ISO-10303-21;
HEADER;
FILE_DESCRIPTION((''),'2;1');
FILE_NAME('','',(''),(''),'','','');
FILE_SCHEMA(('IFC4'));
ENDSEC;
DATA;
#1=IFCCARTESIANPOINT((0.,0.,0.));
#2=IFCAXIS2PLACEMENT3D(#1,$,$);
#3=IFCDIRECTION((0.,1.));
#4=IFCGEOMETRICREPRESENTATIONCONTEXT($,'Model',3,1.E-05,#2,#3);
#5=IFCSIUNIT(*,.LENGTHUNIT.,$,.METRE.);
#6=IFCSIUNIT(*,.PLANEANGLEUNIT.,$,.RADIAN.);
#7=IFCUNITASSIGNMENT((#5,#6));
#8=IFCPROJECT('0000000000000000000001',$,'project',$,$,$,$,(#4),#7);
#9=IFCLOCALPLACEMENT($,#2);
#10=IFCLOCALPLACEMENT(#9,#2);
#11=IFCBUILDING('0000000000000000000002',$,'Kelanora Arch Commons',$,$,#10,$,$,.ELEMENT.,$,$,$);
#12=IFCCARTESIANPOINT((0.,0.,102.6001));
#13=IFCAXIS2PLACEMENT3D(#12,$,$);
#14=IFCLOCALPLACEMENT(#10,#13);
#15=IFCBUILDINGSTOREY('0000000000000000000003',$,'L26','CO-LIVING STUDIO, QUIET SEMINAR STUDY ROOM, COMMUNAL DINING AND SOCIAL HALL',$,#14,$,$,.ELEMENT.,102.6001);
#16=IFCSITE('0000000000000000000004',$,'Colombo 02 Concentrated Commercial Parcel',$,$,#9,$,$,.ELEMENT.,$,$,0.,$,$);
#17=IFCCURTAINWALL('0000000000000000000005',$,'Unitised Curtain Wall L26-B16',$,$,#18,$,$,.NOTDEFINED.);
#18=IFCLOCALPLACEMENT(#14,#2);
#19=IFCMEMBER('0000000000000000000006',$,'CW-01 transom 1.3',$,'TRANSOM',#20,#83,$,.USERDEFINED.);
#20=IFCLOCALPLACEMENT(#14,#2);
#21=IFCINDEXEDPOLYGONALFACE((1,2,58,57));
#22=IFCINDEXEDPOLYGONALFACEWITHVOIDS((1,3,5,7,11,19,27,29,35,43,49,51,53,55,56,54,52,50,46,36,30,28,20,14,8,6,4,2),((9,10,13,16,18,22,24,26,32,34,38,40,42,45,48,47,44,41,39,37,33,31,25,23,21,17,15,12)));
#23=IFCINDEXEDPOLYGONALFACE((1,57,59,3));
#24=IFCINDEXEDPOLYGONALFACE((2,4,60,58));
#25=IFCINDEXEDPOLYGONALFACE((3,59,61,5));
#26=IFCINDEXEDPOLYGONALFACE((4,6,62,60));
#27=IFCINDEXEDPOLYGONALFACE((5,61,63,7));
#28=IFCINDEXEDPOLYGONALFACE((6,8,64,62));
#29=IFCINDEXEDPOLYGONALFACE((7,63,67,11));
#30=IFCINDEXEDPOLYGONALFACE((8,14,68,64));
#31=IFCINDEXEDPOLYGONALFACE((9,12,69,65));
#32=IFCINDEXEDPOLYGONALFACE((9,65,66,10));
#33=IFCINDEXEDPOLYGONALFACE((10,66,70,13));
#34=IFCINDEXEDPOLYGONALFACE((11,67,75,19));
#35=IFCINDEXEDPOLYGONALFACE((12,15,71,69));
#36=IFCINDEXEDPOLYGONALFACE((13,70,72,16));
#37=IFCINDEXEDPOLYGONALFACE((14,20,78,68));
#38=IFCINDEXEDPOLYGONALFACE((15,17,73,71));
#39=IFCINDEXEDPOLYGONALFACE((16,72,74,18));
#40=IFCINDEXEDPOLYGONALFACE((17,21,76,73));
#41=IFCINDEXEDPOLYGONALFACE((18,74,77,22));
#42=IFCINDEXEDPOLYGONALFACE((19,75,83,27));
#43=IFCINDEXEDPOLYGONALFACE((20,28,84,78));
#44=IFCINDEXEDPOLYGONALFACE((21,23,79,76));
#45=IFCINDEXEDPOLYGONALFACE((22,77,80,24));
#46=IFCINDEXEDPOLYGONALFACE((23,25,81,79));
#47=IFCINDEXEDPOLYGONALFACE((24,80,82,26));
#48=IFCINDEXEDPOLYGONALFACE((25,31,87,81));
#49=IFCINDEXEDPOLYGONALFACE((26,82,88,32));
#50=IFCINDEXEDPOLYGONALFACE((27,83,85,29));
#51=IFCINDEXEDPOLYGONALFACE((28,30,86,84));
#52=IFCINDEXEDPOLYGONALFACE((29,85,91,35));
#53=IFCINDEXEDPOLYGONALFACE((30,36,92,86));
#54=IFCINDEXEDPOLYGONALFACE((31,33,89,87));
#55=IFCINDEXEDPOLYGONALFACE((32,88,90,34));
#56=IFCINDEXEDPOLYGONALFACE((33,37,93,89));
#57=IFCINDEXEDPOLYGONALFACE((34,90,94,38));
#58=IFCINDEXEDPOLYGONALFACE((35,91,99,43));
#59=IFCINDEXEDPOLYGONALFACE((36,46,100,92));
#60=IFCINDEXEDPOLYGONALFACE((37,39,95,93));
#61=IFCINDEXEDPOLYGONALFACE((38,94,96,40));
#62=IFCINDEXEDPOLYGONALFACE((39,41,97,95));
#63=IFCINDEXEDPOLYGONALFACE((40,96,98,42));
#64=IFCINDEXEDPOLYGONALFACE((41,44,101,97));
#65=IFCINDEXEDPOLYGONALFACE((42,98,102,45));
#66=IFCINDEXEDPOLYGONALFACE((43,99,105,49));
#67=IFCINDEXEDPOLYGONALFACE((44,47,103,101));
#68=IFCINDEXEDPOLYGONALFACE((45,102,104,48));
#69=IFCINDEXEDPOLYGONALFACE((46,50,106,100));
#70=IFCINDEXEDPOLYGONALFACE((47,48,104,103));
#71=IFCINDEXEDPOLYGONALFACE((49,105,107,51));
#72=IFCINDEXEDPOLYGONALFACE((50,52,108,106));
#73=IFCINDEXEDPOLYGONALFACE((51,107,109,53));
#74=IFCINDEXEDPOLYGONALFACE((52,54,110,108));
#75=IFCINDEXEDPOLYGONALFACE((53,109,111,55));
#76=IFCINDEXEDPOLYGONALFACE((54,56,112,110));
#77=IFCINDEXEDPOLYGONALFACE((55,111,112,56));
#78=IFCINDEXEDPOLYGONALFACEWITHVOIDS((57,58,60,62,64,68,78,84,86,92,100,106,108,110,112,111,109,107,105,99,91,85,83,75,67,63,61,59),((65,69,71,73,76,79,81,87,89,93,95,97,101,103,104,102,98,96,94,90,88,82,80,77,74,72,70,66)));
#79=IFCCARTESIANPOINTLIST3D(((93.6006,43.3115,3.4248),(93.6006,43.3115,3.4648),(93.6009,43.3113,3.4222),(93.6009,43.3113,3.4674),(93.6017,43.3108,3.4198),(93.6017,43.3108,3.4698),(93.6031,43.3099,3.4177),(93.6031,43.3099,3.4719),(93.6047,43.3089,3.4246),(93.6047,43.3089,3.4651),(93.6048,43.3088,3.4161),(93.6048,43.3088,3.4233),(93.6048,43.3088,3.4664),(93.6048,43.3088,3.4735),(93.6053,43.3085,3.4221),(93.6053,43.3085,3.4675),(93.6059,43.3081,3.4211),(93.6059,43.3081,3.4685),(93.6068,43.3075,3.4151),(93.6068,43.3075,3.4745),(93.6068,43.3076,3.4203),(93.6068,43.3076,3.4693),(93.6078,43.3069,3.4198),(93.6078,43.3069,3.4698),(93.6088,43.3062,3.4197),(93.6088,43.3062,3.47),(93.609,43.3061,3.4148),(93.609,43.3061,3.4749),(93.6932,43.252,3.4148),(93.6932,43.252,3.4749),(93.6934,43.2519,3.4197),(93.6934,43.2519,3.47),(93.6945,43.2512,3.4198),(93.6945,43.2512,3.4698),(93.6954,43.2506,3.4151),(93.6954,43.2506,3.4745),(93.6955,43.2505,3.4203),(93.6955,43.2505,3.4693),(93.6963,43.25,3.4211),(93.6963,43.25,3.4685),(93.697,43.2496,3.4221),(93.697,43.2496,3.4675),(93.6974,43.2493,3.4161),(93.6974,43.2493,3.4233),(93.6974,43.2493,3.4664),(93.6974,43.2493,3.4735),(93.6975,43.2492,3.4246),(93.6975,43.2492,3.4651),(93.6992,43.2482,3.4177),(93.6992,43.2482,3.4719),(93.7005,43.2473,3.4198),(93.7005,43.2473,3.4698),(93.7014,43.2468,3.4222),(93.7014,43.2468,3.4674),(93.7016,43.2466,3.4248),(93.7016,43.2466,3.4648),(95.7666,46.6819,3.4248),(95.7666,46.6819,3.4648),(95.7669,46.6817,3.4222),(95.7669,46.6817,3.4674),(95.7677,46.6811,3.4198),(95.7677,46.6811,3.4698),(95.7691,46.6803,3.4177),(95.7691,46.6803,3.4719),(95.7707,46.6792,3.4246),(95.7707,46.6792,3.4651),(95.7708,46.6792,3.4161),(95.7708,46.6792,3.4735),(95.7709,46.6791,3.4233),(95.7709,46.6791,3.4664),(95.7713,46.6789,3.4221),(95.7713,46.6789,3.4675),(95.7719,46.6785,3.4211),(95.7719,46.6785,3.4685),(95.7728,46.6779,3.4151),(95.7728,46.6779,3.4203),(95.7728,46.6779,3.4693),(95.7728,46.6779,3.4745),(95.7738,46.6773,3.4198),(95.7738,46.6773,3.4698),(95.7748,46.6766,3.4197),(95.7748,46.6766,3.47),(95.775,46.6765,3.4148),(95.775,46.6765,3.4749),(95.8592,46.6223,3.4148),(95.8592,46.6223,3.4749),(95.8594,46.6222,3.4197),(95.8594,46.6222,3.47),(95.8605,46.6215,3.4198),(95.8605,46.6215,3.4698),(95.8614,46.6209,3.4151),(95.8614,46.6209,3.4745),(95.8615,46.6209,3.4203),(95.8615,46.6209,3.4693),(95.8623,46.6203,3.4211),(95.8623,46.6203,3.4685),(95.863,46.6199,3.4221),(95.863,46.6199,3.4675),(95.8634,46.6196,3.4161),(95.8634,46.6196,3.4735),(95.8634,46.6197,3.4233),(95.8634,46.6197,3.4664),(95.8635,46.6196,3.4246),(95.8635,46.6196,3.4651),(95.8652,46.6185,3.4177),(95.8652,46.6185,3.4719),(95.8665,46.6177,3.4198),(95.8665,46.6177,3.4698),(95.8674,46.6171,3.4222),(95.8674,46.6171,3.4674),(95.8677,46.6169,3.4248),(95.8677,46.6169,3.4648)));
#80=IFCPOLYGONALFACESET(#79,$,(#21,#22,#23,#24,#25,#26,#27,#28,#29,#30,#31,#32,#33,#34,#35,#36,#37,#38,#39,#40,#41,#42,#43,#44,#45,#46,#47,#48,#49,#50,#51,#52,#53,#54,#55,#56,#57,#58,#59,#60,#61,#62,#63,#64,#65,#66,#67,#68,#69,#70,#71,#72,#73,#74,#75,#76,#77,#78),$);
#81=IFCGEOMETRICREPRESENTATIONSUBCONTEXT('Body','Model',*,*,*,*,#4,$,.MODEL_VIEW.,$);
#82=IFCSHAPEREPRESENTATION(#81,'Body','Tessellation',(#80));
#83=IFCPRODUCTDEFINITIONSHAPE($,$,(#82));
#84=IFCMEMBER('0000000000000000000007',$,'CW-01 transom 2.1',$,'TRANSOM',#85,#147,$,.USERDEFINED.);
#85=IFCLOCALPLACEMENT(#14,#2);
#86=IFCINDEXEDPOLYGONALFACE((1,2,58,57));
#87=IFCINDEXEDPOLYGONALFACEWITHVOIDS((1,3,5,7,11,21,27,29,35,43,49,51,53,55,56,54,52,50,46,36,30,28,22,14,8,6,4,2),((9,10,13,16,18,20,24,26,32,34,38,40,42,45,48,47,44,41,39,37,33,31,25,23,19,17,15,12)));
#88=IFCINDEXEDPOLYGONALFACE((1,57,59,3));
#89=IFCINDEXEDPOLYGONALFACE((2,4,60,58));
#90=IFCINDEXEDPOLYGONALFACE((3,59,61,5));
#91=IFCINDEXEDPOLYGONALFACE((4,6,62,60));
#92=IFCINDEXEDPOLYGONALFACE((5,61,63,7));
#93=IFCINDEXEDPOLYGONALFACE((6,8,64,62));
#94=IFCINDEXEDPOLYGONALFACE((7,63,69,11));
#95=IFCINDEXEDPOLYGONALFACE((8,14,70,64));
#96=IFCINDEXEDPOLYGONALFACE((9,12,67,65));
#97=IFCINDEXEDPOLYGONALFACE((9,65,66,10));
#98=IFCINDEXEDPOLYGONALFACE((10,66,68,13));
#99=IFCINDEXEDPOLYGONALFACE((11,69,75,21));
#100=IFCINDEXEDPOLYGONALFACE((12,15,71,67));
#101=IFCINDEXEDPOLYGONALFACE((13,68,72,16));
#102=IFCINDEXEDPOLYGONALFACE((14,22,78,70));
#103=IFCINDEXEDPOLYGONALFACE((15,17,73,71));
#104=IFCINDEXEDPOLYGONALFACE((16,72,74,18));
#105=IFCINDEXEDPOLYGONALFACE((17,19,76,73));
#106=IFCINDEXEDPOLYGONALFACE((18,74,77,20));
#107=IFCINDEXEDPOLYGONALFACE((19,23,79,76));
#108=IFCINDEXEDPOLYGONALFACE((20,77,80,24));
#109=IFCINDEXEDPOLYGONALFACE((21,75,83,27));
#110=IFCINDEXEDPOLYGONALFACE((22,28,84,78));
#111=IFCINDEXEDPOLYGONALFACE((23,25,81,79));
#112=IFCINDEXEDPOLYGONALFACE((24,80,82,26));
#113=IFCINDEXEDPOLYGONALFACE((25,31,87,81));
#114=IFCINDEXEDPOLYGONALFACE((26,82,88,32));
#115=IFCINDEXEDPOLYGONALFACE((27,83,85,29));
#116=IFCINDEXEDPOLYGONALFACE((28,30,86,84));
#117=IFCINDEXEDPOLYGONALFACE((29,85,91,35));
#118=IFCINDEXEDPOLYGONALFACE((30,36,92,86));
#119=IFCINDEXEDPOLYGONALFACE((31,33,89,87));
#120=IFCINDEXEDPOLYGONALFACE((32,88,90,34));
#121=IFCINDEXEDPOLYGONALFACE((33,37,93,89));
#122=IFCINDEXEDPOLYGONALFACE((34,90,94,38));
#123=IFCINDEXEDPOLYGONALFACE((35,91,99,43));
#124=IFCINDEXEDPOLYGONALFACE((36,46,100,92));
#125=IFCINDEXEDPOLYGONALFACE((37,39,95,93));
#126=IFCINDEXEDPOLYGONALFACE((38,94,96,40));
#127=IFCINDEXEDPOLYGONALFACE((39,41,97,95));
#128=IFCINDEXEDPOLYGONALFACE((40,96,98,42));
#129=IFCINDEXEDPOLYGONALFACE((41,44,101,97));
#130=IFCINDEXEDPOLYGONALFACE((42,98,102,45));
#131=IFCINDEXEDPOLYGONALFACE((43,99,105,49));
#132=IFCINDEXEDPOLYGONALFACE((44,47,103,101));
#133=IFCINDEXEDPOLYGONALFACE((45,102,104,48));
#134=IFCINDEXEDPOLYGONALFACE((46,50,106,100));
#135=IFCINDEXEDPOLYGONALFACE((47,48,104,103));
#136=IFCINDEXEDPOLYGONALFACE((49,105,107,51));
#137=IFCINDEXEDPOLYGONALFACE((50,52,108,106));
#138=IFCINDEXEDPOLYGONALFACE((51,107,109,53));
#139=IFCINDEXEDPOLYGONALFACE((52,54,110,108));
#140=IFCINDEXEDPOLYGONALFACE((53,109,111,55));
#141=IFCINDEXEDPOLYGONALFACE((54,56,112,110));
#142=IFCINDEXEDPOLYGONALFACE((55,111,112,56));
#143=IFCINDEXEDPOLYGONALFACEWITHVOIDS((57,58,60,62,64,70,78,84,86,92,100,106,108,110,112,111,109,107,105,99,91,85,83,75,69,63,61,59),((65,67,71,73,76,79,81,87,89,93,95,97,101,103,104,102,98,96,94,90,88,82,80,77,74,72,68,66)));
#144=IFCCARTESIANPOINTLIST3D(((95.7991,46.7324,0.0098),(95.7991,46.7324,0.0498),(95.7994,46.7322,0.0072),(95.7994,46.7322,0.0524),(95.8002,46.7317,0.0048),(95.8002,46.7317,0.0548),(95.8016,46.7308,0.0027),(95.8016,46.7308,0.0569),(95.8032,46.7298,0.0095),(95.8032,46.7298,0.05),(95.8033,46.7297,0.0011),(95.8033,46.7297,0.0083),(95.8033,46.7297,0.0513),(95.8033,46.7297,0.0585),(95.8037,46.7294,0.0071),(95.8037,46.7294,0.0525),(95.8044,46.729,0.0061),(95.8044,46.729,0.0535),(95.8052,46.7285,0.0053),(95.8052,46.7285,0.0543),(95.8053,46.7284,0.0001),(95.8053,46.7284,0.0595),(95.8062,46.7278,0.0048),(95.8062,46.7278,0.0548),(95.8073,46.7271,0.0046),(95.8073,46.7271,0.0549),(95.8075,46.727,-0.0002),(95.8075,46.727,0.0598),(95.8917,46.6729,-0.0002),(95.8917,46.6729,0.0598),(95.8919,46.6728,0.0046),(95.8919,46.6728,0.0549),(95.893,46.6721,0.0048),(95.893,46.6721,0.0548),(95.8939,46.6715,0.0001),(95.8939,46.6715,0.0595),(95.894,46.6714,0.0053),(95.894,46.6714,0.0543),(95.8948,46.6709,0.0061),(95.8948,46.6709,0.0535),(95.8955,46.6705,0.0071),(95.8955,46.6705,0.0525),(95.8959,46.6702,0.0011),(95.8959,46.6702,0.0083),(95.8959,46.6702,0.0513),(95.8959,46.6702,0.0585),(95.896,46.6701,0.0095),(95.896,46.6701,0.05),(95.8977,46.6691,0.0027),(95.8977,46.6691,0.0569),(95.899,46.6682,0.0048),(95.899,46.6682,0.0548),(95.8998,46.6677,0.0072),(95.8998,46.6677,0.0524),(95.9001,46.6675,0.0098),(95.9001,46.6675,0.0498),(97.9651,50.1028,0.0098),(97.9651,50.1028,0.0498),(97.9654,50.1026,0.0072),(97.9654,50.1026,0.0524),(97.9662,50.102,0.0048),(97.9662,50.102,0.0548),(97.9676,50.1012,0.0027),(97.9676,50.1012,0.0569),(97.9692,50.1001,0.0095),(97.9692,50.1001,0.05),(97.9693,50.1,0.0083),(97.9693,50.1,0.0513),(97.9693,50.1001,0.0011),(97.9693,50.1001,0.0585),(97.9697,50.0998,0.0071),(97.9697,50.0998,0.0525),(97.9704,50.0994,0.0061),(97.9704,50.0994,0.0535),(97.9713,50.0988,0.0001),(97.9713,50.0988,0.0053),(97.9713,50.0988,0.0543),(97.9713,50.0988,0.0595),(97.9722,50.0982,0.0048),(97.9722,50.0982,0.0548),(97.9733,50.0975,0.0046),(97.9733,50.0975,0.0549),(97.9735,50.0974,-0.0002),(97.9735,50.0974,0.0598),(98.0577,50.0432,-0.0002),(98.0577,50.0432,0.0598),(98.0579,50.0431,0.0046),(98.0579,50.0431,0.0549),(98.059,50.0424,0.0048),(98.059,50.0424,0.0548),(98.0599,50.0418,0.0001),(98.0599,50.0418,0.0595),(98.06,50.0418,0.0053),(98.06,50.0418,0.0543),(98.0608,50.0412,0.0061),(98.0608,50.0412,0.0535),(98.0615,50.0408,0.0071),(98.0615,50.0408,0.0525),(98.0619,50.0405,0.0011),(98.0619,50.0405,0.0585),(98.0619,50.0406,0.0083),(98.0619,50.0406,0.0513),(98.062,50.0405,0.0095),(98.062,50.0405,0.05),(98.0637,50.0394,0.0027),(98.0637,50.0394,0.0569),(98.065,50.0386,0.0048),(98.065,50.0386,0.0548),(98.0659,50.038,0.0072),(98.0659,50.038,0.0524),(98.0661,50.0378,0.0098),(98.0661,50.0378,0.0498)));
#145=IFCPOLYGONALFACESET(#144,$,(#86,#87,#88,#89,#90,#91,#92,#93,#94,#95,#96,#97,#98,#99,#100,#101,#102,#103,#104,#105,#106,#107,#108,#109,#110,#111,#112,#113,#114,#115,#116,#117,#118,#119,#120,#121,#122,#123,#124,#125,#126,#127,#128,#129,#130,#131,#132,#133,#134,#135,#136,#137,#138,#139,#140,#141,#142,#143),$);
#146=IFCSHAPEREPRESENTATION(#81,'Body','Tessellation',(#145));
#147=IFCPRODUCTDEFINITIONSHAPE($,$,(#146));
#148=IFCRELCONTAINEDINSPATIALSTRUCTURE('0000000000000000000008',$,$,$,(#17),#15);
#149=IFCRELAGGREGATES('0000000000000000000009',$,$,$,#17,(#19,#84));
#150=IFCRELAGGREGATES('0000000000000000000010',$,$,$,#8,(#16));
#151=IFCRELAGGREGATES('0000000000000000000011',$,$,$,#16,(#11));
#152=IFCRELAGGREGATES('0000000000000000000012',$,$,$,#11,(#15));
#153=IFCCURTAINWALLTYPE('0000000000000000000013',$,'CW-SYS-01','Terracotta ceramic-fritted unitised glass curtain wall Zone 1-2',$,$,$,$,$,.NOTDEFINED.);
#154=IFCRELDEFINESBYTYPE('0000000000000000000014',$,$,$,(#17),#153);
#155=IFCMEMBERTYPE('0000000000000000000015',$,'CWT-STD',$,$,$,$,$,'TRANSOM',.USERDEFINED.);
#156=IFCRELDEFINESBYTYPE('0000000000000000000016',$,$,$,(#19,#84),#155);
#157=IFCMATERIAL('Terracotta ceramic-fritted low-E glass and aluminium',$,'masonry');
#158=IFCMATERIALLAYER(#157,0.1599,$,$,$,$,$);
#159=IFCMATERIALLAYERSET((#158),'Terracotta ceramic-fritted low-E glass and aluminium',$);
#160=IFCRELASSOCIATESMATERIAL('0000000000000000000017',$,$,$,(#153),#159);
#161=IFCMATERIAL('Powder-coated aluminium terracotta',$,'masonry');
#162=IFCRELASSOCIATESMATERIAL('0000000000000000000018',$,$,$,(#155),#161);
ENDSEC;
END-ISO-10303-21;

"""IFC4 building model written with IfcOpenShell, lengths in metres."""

from ifc_helpers import new_model, si_unit, direction, frame, origin, origin_2d, place, context, subcontext, project, spatial, hollow_rectangle, extrude, material, layer, layer_set, material_profile, profile_set, type_object, element, aggregate, save


model = new_model("IFC4")

# Units and contexts
model_context = context("Model", 3, precision=1e-05, world=origin(), true_north=direction((0.0, 1.0)))
body_context = subcontext(model_context, "Body", "Model", "MODEL_VIEW")
ifc_project = project(units=[si_unit("LENGTHUNIT", "METRE"), si_unit("PLANEANGLEUNIT", "RADIAN")], contexts=[model_context])

# Site, building, storey
site_placement = place(None, origin())
site = spatial("IfcSite", under=ifc_project, at=site_placement, Name="Colombo 02 Concentrated Commercial Parcel", CompositionType="ELEMENT", RefElevation=0.0)
building_placement = place(site_placement, origin())
building = spatial("IfcBuilding", under=site, at=building_placement, Name="Kelanora Arch Commons", CompositionType="ELEMENT")
storey_placement = place(building_placement, frame((0.0, 0.0, 102.6001)))
storey = spatial("IfcBuildingStorey", under=building, at=storey_placement, Name="L26", Description="CO-LIVING STUDIO, QUIET SEMINAR STUDY ROOM, COMMUNAL DINING AND SOCIAL HALL", CompositionType="ELEMENT", Elevation=102.6001)

# Shared definitions
ifc_material_1 = material(Name="Terracotta ceramic-fritted low-E glass and aluminium", Category="masonry")
ifc_layer_1 = layer(ifc_material_1, 0.1599)
ifc_layer_set_1 = layer_set([ifc_layer_1], Name="Terracotta ceramic-fritted low-E glass and aluminium")
curtain_wall_type = type_object("IfcCurtainWallType", Name="CW-SYS-01", Description="Terracotta ceramic-fritted unitised glass curtain wall Zone 1-2", PredefinedType="NOTDEFINED", material=ifc_layer_set_1)
ifc_material_2 = material(Name="Powder-coated aluminium terracotta", Category="masonry")

# Curtain wall, members
curtain_wall_1_placement = place(storey_placement, origin())
curtain_wall_1 = element("IfcCurtainWall", 1, at=curtain_wall_1_placement, inside=storey, type_object=curtain_wall_type, Name="Unitised Curtain Wall L26-B16", PredefinedType="NOTDEFINED")
ifc_material_profile_1 = material_profile(ifc_material_2, hollow_rectangle(XDim=0.1201, YDim=0.0601, WallThickness=0.0049, InnerFilletRadius=0.0049, OuterFilletRadius=0.01, at=origin_2d()), Name="CWT120x60")
ifc_profile_set_1 = profile_set([ifc_material_profile_1], Name="Powder-coated aluminium terracotta")
member_type_1 = type_object("IfcMemberType", Name="CWT-STD", ElementType="TRANSOM", PredefinedType="USERDEFINED", material=ifc_profile_set_1)
member_1_placement = place(storey_placement, frame((93.6511, 43.2791, 3.4448), z_axis=(0.540644, 0.841252, 0.0), x_axis=(-0.841252, 0.540644, 0.0)))
member_1 = element("IfcMember", 2, at=member_1_placement, type_object=member_type_1, Name="CW-01 transom 1.3", ObjectType="TRANSOM", PredefinedType="USERDEFINED", context=body_context, shape_type="SweptSolid", body=[
    extrude(hollow_rectangle(XDim=0.1201, YDim=0.0601, WallThickness=0.0049, InnerFilletRadius=0.0049, OuterFilletRadius=0.01, at=origin_2d()), origin(), (0.0, 0.0, 1.0), 4.0063),
])
member_2_placement = place(storey_placement, frame((95.8496, 46.7, 0.0298), z_axis=(0.540644, 0.841252, 0.0), x_axis=(-0.841252, 0.540644, 0.0)))
member_2 = element("IfcMember", 3, at=member_2_placement, type_object=member_type_1, Name="CW-01 transom 2.1", ObjectType="TRANSOM", PredefinedType="USERDEFINED", context=body_context, shape_type="SweptSolid", body=[
    extrude(hollow_rectangle(XDim=0.1201, YDim=0.0601, WallThickness=0.0049, InnerFilletRadius=0.0049, OuterFilletRadius=0.01, at=origin_2d()), origin(), (0.0, 0.0, 1.0), 4.0063),
])
aggregate(curtain_wall_1, [member_1, member_2])

save(model, "model.ifc")
